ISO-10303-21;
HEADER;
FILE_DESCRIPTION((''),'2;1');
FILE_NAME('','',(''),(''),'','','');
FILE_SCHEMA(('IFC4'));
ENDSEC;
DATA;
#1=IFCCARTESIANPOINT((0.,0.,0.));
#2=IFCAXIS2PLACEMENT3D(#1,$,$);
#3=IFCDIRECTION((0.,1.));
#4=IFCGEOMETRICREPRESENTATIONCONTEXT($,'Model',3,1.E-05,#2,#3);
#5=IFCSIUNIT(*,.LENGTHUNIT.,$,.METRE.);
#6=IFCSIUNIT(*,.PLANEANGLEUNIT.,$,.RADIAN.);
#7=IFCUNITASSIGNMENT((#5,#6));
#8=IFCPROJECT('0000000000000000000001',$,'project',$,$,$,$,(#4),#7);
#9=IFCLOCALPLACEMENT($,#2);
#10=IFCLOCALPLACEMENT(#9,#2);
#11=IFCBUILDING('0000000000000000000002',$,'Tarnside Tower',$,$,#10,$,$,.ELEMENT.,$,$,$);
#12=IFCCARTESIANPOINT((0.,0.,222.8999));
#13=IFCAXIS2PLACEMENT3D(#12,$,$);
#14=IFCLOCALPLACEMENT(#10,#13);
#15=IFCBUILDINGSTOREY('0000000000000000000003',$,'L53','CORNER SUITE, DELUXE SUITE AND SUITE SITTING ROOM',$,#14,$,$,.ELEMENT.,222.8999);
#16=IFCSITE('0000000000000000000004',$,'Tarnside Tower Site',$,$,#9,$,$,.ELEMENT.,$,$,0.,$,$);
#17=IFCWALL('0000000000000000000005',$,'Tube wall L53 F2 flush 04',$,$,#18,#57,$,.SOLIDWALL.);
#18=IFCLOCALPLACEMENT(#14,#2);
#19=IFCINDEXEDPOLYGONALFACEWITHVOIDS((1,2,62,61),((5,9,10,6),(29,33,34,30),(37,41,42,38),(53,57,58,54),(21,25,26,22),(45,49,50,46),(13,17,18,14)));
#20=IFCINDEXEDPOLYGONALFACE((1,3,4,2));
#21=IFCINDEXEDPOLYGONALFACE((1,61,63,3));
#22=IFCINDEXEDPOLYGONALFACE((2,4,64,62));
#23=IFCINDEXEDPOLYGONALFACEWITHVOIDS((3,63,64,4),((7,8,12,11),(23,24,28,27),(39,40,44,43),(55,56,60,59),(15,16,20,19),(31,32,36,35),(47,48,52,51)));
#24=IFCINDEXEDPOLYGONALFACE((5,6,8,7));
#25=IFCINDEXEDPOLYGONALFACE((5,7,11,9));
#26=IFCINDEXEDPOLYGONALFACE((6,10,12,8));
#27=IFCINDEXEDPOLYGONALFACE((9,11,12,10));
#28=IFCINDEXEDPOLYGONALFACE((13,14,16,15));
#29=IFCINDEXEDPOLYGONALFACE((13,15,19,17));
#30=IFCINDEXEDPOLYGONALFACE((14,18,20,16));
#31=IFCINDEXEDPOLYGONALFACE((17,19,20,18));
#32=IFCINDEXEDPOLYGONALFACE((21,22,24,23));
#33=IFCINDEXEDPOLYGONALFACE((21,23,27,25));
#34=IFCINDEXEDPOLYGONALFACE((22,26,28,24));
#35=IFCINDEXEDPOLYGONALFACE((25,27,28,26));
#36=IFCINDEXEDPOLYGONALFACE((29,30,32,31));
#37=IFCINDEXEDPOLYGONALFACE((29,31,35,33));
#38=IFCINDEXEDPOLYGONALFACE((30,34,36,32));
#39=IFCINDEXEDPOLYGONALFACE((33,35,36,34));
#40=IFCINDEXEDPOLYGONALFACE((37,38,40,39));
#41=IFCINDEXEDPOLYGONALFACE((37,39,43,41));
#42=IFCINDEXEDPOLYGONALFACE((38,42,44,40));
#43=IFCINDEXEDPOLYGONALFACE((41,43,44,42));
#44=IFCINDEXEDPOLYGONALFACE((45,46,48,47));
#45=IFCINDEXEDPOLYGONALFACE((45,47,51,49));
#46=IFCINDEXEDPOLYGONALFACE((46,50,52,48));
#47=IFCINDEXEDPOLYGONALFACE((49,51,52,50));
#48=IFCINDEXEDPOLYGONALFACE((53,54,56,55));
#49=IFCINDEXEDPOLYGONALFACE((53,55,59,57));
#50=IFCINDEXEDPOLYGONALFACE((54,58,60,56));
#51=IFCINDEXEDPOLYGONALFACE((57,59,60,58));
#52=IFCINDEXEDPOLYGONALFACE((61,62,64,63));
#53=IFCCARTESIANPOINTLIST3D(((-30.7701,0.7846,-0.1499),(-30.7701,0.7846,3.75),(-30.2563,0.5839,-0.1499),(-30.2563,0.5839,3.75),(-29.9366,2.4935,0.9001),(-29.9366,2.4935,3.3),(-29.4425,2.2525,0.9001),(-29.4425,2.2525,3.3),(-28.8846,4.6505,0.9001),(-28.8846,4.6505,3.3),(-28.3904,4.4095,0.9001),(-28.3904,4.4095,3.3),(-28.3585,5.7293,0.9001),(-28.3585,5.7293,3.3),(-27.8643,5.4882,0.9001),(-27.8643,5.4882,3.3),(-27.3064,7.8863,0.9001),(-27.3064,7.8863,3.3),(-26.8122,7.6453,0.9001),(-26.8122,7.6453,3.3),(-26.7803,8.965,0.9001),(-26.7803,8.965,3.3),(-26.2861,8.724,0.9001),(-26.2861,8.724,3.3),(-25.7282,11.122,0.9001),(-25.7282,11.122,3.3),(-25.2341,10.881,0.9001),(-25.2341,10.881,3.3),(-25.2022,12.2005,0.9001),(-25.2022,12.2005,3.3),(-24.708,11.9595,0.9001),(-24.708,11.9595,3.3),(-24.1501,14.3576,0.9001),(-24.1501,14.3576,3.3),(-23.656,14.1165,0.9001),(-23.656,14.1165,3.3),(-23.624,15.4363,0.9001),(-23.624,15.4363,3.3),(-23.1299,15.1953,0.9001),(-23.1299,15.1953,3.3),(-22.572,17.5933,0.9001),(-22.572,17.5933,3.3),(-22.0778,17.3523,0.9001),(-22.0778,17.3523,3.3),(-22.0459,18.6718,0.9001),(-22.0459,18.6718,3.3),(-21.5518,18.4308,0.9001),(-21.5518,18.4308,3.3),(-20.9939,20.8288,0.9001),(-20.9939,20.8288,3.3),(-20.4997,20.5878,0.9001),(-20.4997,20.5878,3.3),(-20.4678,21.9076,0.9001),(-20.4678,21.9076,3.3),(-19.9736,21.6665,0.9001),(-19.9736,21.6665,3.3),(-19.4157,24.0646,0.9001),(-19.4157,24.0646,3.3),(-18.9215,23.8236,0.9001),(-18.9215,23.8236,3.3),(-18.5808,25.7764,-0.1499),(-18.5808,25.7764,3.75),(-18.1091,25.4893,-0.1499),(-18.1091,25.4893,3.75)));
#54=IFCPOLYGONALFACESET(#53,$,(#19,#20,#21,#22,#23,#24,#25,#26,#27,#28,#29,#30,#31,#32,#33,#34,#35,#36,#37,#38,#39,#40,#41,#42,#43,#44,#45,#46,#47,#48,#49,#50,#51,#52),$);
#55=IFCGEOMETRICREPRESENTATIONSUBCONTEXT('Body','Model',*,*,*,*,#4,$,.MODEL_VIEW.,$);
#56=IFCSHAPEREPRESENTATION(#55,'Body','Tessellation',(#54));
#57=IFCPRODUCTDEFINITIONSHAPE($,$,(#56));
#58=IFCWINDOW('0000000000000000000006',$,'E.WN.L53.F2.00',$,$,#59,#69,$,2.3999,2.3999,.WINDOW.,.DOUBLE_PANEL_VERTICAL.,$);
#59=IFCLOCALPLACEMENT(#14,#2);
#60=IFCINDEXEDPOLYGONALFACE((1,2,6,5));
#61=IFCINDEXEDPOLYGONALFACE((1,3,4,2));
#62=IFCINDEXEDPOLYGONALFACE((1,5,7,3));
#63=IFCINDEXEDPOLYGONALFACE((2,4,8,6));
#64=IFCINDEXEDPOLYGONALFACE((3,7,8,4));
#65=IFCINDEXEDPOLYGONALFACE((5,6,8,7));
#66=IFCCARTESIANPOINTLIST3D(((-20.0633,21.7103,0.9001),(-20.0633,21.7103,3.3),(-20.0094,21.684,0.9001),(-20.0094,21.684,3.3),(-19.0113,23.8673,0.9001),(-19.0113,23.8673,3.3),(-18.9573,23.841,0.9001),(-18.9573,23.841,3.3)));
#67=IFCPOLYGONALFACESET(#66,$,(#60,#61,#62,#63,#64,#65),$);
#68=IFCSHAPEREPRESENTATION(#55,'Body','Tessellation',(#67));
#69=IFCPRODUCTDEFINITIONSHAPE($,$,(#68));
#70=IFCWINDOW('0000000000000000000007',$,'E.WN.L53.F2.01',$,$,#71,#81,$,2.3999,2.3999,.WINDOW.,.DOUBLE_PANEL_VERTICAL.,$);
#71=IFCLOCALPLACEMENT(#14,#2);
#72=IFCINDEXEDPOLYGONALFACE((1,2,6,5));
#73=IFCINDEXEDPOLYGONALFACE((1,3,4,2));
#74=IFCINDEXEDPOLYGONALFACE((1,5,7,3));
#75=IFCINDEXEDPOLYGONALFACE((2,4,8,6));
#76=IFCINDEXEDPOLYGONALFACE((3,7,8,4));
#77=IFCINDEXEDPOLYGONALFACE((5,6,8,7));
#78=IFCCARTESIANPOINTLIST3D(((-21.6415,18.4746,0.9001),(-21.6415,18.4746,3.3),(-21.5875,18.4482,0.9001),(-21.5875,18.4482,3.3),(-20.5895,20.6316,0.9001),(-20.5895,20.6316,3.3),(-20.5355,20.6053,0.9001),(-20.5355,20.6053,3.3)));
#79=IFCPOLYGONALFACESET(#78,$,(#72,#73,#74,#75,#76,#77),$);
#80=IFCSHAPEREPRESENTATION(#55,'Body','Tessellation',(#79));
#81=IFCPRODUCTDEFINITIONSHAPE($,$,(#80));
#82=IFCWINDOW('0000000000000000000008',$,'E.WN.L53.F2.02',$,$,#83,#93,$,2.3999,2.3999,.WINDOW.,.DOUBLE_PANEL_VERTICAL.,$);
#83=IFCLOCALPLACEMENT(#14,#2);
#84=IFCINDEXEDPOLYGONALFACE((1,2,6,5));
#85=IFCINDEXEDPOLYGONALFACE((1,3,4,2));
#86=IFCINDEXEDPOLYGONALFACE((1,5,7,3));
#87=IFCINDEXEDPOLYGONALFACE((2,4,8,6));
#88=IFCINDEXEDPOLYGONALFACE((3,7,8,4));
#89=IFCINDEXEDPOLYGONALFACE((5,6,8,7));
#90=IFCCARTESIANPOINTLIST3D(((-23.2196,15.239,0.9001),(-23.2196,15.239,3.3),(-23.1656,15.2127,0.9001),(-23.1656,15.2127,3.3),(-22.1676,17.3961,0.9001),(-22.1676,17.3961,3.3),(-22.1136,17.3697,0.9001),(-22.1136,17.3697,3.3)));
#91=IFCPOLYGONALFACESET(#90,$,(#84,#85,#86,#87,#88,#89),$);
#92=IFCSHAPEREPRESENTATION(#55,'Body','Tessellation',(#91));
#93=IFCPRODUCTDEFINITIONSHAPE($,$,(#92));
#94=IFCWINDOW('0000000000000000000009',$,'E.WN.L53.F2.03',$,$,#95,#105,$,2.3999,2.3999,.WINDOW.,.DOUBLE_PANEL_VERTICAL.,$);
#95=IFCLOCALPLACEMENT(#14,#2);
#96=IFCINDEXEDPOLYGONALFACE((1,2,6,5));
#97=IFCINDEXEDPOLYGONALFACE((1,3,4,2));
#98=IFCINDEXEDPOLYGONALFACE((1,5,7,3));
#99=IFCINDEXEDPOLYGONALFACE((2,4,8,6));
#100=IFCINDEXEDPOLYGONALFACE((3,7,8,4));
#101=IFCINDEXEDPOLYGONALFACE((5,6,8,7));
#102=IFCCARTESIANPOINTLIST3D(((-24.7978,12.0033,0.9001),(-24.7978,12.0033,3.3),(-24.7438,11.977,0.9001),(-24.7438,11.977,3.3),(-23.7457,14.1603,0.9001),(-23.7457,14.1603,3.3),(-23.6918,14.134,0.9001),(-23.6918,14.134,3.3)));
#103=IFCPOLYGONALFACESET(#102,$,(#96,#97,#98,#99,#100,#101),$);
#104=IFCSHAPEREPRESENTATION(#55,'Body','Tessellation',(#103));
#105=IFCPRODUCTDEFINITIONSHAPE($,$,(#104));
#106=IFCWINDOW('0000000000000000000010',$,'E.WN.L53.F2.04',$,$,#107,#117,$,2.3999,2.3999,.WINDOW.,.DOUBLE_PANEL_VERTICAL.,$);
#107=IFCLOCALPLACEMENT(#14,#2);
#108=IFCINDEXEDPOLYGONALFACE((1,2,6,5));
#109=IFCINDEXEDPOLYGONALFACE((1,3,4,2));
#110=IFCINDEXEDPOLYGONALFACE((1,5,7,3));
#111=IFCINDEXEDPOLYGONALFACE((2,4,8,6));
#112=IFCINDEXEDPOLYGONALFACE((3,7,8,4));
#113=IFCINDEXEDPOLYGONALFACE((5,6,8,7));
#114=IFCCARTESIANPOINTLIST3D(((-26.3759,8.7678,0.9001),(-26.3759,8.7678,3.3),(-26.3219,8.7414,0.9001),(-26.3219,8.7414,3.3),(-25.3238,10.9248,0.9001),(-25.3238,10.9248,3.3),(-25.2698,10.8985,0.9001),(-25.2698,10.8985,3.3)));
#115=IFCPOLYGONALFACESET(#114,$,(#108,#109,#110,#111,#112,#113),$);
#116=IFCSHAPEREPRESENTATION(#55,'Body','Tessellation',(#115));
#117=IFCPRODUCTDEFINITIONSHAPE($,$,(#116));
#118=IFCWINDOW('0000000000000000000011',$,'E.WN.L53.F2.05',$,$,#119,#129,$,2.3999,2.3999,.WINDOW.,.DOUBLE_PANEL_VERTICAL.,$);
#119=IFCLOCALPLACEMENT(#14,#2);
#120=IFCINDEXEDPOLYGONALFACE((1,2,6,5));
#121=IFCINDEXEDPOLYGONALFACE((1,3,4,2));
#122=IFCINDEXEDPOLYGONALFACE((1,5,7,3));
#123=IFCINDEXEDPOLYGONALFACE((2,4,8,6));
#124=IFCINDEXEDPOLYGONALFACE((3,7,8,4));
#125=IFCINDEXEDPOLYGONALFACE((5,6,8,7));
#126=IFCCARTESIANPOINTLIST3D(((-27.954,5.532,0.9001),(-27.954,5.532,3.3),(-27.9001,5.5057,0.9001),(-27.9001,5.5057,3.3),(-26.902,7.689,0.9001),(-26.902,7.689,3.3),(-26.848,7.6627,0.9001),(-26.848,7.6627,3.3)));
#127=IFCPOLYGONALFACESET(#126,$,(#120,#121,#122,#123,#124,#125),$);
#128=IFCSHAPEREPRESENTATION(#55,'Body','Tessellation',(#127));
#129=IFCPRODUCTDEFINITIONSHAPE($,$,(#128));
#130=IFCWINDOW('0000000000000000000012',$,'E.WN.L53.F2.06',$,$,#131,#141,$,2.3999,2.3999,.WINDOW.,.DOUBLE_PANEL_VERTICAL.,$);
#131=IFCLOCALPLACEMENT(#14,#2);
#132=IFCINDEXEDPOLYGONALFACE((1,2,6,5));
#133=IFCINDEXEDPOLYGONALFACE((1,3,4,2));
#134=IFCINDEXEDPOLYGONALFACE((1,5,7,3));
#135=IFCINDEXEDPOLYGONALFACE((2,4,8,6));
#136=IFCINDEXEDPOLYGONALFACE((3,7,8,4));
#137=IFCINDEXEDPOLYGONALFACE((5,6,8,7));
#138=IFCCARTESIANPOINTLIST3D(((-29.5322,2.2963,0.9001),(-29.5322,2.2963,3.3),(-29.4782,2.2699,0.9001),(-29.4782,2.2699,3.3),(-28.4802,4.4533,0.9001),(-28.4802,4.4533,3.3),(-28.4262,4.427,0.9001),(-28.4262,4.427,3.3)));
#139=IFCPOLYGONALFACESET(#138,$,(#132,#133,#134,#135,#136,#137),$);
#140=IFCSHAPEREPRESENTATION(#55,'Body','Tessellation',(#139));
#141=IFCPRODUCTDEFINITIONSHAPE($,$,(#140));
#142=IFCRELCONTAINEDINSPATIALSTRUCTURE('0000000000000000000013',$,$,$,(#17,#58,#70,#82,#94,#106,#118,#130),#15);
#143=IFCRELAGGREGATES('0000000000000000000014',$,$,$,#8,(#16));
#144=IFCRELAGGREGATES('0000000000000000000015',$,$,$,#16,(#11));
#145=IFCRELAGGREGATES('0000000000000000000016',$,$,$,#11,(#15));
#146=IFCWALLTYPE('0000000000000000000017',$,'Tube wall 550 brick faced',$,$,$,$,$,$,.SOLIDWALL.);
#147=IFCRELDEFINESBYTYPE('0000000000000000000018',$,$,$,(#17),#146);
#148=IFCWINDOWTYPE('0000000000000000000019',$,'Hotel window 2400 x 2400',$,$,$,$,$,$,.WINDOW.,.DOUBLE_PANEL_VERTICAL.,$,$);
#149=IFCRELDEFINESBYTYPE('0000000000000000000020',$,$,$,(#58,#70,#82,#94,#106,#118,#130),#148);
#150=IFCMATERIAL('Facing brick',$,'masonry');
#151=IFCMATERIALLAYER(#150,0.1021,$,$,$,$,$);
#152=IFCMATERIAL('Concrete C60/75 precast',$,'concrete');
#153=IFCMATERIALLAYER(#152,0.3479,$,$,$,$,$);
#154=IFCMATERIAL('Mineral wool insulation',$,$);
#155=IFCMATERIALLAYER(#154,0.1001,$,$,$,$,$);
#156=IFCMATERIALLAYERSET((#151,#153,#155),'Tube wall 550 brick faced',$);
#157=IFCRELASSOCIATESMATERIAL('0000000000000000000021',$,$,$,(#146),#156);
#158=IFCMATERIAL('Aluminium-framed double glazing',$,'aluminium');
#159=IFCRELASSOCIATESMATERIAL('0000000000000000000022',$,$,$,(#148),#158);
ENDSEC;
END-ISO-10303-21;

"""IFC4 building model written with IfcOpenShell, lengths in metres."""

from ifc_helpers import new_model, si_unit, direction, frame, frame_2d, origin, place, context, subcontext, project, spatial, polyline, rectangle, outline, extrude, material, layer, layer_set, type_object, element, fill, save


model = new_model("IFC4")

# Units and contexts
model_context = context("Model", 3, precision=1e-05, world=origin(), true_north=direction((0.0, 1.0)))
body_context = subcontext(model_context, "Body", "Model", "MODEL_VIEW")
ifc_project = project(units=[si_unit("LENGTHUNIT", "METRE"), si_unit("PLANEANGLEUNIT", "RADIAN")], contexts=[model_context])

# Site, building, storey
site_placement = place(None, origin())
site = spatial("IfcSite", under=ifc_project, at=site_placement, Name="Tarnside Tower Site", CompositionType="ELEMENT", RefElevation=0.0)
building_placement = place(site_placement, origin())
building = spatial("IfcBuilding", under=site, at=building_placement, Name="Tarnside Tower", CompositionType="ELEMENT")
storey_placement = place(building_placement, frame((0.0, 0.0, 222.8999)))
storey = spatial("IfcBuildingStorey", under=building, at=storey_placement, Name="L53", Description="CORNER SUITE, DELUXE SUITE AND SUITE SITTING ROOM", CompositionType="ELEMENT", Elevation=222.8999)

# Shared definitions
ifc_material_1 = material(Name="Facing brick", Category="masonry")
ifc_layer_1 = layer(ifc_material_1, 0.1021)
ifc_material_2 = material(Name="Concrete C60/75 precast", Category="concrete")
ifc_layer_2 = layer(ifc_material_2, 0.3479)
ifc_material_3 = material(Name="Mineral wool insulation")
ifc_layer_3 = layer(ifc_material_3, 0.1001)
ifc_layer_set_1 = layer_set([ifc_layer_1, ifc_layer_2, ifc_layer_3], Name="Tube wall 550 brick faced")
wall_type_1 = type_object("IfcWallType", Name="Tube wall 550 brick faced", PredefinedType="SOLIDWALL", material=ifc_layer_set_1)

# Wall, openings, windows
wall_1_placement = place(storey_placement, frame((-18.345, 25.6328, -0.1499), z_axis=(0.0, 0.0, 1.0), x_axis=(-0.438372, -0.898794, 0.0)))
wall_1 = element("IfcWall", 1, at=wall_1_placement, inside=storey, type_object=wall_type_1, Name="Tube wall L53 F2 flush 04", PredefinedType="SOLIDWALL", context=body_context, shape_type="SweptSolid", body=[
    extrude(outline(polyline([(-0.0256, -0.2749), (27.7803, -0.2749), (27.7354, 0.2749), (0.0256, 0.2749), (-0.0256, -0.2749)])), origin(), (0.0, 0.0, 1.0), 3.8999),
])
opening_1_placement = place(wall_1_placement, frame((1.8789, 0.0, 1.05)))
opening_1 = element("IfcOpeningElement", 2, at=opening_1_placement, cuts=wall_1, PredefinedType="OPENING", context=body_context, shape_type="SweptSolid", body=[
    extrude(rectangle(XDim=2.3999, YDim=2.3999, at=frame_2d((1.2, 1.2))), frame((0.0, 0.2852, 0.0), z_axis=(0.0, -1.0, 0.0), x_axis=(1.0, 0.0, 0.0)), (0.0, 0.0, 1.0), 0.5701),
])
opening_2_placement = place(wall_1_placement, frame((5.479, 0.0, 1.05)))
opening_2 = element("IfcOpeningElement", 3, at=opening_2_placement, cuts=wall_1, PredefinedType="OPENING", context=body_context, shape_type="SweptSolid", body=[
    extrude(rectangle(XDim=2.3999, YDim=2.3999, at=frame_2d((1.2, 1.2))), frame((0.0, 0.2852, 0.0), z_axis=(0.0, -1.0, 0.0), x_axis=(1.0, 0.0, 0.0)), (0.0, 0.0, 1.0), 0.5701),
])
opening_3_placement = place(wall_1_placement, frame((9.0789, 0.0, 1.05)))
opening_3 = element("IfcOpeningElement", 4, at=opening_3_placement, cuts=wall_1, PredefinedType="OPENING", context=body_context, shape_type="SweptSolid", body=[
    extrude(rectangle(XDim=2.3999, YDim=2.3999, at=frame_2d((1.2, 1.2))), frame((0.0, 0.2852, 0.0), z_axis=(0.0, -1.0, 0.0), x_axis=(1.0, 0.0, 0.0)), (0.0, 0.0, 1.0), 0.5701),
])
opening_4_placement = place(wall_1_placement, frame((12.679, 0.0, 1.05)))
opening_4 = element("IfcOpeningElement", 5, at=opening_4_placement, cuts=wall_1, PredefinedType="OPENING", context=body_context, shape_type="SweptSolid", body=[
    extrude(rectangle(XDim=2.3999, YDim=2.3999, at=frame_2d((1.2, 1.2))), frame((0.0, 0.2852, 0.0), z_axis=(0.0, -1.0, 0.0), x_axis=(1.0, 0.0, 0.0)), (0.0, 0.0, 1.0), 0.5701),
])
opening_5_placement = place(wall_1_placement, frame((16.2788, 0.0, 1.05)))
opening_5 = element("IfcOpeningElement", 6, at=opening_5_placement, cuts=wall_1, PredefinedType="OPENING", context=body_context, shape_type="SweptSolid", body=[
    extrude(rectangle(XDim=2.3999, YDim=2.3999, at=frame_2d((1.2, 1.2))), frame((0.0, 0.2852, 0.0), z_axis=(0.0, -1.0, 0.0), x_axis=(1.0, 0.0, 0.0)), (0.0, 0.0, 1.0), 0.5701),
])
opening_6_placement = place(wall_1_placement, frame((19.8789, 0.0, 1.05)))
opening_6 = element("IfcOpeningElement", 7, at=opening_6_placement, cuts=wall_1, PredefinedType="OPENING", context=body_context, shape_type="SweptSolid", body=[
    extrude(rectangle(XDim=2.3999, YDim=2.3999, at=frame_2d((1.2, 1.2))), frame((0.0, 0.2852, 0.0), z_axis=(0.0, -1.0, 0.0), x_axis=(1.0, 0.0, 0.0)), (0.0, 0.0, 1.0), 0.5701),
])
opening_7_placement = place(wall_1_placement, frame((23.479, 0.0, 1.05)))
opening_7 = element("IfcOpeningElement", 8, at=opening_7_placement, cuts=wall_1, PredefinedType="OPENING", context=body_context, shape_type="SweptSolid", body=[
    extrude(rectangle(XDim=2.3999, YDim=2.3999, at=frame_2d((1.2, 1.2))), frame((0.0, 0.2852, 0.0), z_axis=(0.0, -1.0, 0.0), x_axis=(1.0, 0.0, 0.0)), (0.0, 0.0, 1.0), 0.5701),
])
ifc_material_4 = material(Name="Aluminium-framed double glazing", Category="aluminium")
window_type = type_object("IfcWindowType", Name="Hotel window 2400 x 2400", PartitioningType="DOUBLE_PANEL_VERTICAL", PredefinedType="WINDOW", material=ifc_material_4)
window_1_placement = place(opening_1_placement, frame((0.0, 0.2051, 0.0)))
window_1 = element("IfcWindow", 9, at=window_1_placement, inside=storey, type_object=window_type, Name="E.WN.L53.F2.00", OverallHeight=2.3999, OverallWidth=2.3999, PartitioningType="DOUBLE_PANEL_VERTICAL", PredefinedType="WINDOW", context=body_context, shape_type="SweptSolid", body=[
    extrude(rectangle(XDim=2.3999, YDim=2.3999, at=frame_2d((1.2, 1.2))), frame((0.0, 0.03, 0.0), z_axis=(0.0, -1.0, 0.0), x_axis=(1.0, 0.0, 0.0)), (0.0, 0.0, 1.0), 0.0601),
])
fill(opening_1, window_1)
window_2_placement = place(opening_2_placement, frame((0.0, 0.2051, 0.0)))
window_2 = element("IfcWindow", 10, at=window_2_placement, inside=storey, type_object=window_type, Name="E.WN.L53.F2.01", OverallHeight=2.3999, OverallWidth=2.3999, PartitioningType="DOUBLE_PANEL_VERTICAL", PredefinedType="WINDOW", context=body_context, shape_type="SweptSolid", body=[
    extrude(rectangle(XDim=2.3999, YDim=2.3999, at=frame_2d((1.2, 1.2))), frame((0.0, 0.03, 0.0), z_axis=(0.0, -1.0, 0.0), x_axis=(1.0, 0.0, 0.0)), (0.0, 0.0, 1.0), 0.0601),
])
fill(opening_2, window_2)
window_3_placement = place(opening_3_placement, frame((0.0, 0.2051, 0.0)))
window_3 = element("IfcWindow", 11, at=window_3_placement, inside=storey, type_object=window_type, Name="E.WN.L53.F2.02", OverallHeight=2.3999, OverallWidth=2.3999, PartitioningType="DOUBLE_PANEL_VERTICAL", PredefinedType="WINDOW", context=body_context, shape_type="SweptSolid", body=[
    extrude(rectangle(XDim=2.3999, YDim=2.3999, at=frame_2d((1.2, 1.2))), frame((0.0, 0.03, 0.0), z_axis=(0.0, -1.0, 0.0), x_axis=(1.0, 0.0, 0.0)), (0.0, 0.0, 1.0), 0.0601),
])
fill(opening_3, window_3)
window_4_placement = place(opening_4_placement, frame((0.0, 0.2051, 0.0)))
window_4 = element("IfcWindow", 12, at=window_4_placement, inside=storey, type_object=window_type, Name="E.WN.L53.F2.03", OverallHeight=2.3999, OverallWidth=2.3999, PartitioningType="DOUBLE_PANEL_VERTICAL", PredefinedType="WINDOW", context=body_context, shape_type="SweptSolid", body=[
    extrude(rectangle(XDim=2.3999, YDim=2.3999, at=frame_2d((1.2, 1.2))), frame((0.0, 0.03, 0.0), z_axis=(0.0, -1.0, 0.0), x_axis=(1.0, 0.0, 0.0)), (0.0, 0.0, 1.0), 0.0601),
])
fill(opening_4, window_4)
window_5_placement = place(opening_5_placement, frame((0.0, 0.2051, 0.0)))
window_5 = element("IfcWindow", 13, at=window_5_placement, inside=storey, type_object=window_type, Name="E.WN.L53.F2.04", OverallHeight=2.3999, OverallWidth=2.3999, PartitioningType="DOUBLE_PANEL_VERTICAL", PredefinedType="WINDOW", context=body_context, shape_type="SweptSolid", body=[
    extrude(rectangle(XDim=2.3999, YDim=2.3999, at=frame_2d((1.2, 1.2))), frame((0.0, 0.03, 0.0), z_axis=(0.0, -1.0, 0.0), x_axis=(1.0, 0.0, 0.0)), (0.0, 0.0, 1.0), 0.0601),
])
fill(opening_5, window_5)
window_6_placement = place(opening_6_placement, frame((0.0, 0.2051, 0.0)))
window_6 = element("IfcWindow", 14, at=window_6_placement, inside=storey, type_object=window_type, Name="E.WN.L53.F2.05", OverallHeight=2.3999, OverallWidth=2.3999, PartitioningType="DOUBLE_PANEL_VERTICAL", PredefinedType="WINDOW", context=body_context, shape_type="SweptSolid", body=[
    extrude(rectangle(XDim=2.3999, YDim=2.3999, at=frame_2d((1.2, 1.2))), frame((0.0, 0.03, 0.0), z_axis=(0.0, -1.0, 0.0), x_axis=(1.0, 0.0, 0.0)), (0.0, 0.0, 1.0), 0.0601),
])
fill(opening_6, window_6)
window_7_placement = place(opening_7_placement, frame((0.0, 0.2051, 0.0)))
window_7 = element("IfcWindow", 15, at=window_7_placement, inside=storey, type_object=window_type, Name="E.WN.L53.F2.06", OverallHeight=2.3999, OverallWidth=2.3999, PartitioningType="DOUBLE_PANEL_VERTICAL", PredefinedType="WINDOW", context=body_context, shape_type="SweptSolid", body=[
    extrude(rectangle(XDim=2.3999, YDim=2.3999, at=frame_2d((1.2, 1.2))), frame((0.0, 0.03, 0.0), z_axis=(0.0, -1.0, 0.0), x_axis=(1.0, 0.0, 0.0)), (0.0, 0.0, 1.0), 0.0601),
])
fill(opening_7, window_7)

save(model, "model.ifc")
